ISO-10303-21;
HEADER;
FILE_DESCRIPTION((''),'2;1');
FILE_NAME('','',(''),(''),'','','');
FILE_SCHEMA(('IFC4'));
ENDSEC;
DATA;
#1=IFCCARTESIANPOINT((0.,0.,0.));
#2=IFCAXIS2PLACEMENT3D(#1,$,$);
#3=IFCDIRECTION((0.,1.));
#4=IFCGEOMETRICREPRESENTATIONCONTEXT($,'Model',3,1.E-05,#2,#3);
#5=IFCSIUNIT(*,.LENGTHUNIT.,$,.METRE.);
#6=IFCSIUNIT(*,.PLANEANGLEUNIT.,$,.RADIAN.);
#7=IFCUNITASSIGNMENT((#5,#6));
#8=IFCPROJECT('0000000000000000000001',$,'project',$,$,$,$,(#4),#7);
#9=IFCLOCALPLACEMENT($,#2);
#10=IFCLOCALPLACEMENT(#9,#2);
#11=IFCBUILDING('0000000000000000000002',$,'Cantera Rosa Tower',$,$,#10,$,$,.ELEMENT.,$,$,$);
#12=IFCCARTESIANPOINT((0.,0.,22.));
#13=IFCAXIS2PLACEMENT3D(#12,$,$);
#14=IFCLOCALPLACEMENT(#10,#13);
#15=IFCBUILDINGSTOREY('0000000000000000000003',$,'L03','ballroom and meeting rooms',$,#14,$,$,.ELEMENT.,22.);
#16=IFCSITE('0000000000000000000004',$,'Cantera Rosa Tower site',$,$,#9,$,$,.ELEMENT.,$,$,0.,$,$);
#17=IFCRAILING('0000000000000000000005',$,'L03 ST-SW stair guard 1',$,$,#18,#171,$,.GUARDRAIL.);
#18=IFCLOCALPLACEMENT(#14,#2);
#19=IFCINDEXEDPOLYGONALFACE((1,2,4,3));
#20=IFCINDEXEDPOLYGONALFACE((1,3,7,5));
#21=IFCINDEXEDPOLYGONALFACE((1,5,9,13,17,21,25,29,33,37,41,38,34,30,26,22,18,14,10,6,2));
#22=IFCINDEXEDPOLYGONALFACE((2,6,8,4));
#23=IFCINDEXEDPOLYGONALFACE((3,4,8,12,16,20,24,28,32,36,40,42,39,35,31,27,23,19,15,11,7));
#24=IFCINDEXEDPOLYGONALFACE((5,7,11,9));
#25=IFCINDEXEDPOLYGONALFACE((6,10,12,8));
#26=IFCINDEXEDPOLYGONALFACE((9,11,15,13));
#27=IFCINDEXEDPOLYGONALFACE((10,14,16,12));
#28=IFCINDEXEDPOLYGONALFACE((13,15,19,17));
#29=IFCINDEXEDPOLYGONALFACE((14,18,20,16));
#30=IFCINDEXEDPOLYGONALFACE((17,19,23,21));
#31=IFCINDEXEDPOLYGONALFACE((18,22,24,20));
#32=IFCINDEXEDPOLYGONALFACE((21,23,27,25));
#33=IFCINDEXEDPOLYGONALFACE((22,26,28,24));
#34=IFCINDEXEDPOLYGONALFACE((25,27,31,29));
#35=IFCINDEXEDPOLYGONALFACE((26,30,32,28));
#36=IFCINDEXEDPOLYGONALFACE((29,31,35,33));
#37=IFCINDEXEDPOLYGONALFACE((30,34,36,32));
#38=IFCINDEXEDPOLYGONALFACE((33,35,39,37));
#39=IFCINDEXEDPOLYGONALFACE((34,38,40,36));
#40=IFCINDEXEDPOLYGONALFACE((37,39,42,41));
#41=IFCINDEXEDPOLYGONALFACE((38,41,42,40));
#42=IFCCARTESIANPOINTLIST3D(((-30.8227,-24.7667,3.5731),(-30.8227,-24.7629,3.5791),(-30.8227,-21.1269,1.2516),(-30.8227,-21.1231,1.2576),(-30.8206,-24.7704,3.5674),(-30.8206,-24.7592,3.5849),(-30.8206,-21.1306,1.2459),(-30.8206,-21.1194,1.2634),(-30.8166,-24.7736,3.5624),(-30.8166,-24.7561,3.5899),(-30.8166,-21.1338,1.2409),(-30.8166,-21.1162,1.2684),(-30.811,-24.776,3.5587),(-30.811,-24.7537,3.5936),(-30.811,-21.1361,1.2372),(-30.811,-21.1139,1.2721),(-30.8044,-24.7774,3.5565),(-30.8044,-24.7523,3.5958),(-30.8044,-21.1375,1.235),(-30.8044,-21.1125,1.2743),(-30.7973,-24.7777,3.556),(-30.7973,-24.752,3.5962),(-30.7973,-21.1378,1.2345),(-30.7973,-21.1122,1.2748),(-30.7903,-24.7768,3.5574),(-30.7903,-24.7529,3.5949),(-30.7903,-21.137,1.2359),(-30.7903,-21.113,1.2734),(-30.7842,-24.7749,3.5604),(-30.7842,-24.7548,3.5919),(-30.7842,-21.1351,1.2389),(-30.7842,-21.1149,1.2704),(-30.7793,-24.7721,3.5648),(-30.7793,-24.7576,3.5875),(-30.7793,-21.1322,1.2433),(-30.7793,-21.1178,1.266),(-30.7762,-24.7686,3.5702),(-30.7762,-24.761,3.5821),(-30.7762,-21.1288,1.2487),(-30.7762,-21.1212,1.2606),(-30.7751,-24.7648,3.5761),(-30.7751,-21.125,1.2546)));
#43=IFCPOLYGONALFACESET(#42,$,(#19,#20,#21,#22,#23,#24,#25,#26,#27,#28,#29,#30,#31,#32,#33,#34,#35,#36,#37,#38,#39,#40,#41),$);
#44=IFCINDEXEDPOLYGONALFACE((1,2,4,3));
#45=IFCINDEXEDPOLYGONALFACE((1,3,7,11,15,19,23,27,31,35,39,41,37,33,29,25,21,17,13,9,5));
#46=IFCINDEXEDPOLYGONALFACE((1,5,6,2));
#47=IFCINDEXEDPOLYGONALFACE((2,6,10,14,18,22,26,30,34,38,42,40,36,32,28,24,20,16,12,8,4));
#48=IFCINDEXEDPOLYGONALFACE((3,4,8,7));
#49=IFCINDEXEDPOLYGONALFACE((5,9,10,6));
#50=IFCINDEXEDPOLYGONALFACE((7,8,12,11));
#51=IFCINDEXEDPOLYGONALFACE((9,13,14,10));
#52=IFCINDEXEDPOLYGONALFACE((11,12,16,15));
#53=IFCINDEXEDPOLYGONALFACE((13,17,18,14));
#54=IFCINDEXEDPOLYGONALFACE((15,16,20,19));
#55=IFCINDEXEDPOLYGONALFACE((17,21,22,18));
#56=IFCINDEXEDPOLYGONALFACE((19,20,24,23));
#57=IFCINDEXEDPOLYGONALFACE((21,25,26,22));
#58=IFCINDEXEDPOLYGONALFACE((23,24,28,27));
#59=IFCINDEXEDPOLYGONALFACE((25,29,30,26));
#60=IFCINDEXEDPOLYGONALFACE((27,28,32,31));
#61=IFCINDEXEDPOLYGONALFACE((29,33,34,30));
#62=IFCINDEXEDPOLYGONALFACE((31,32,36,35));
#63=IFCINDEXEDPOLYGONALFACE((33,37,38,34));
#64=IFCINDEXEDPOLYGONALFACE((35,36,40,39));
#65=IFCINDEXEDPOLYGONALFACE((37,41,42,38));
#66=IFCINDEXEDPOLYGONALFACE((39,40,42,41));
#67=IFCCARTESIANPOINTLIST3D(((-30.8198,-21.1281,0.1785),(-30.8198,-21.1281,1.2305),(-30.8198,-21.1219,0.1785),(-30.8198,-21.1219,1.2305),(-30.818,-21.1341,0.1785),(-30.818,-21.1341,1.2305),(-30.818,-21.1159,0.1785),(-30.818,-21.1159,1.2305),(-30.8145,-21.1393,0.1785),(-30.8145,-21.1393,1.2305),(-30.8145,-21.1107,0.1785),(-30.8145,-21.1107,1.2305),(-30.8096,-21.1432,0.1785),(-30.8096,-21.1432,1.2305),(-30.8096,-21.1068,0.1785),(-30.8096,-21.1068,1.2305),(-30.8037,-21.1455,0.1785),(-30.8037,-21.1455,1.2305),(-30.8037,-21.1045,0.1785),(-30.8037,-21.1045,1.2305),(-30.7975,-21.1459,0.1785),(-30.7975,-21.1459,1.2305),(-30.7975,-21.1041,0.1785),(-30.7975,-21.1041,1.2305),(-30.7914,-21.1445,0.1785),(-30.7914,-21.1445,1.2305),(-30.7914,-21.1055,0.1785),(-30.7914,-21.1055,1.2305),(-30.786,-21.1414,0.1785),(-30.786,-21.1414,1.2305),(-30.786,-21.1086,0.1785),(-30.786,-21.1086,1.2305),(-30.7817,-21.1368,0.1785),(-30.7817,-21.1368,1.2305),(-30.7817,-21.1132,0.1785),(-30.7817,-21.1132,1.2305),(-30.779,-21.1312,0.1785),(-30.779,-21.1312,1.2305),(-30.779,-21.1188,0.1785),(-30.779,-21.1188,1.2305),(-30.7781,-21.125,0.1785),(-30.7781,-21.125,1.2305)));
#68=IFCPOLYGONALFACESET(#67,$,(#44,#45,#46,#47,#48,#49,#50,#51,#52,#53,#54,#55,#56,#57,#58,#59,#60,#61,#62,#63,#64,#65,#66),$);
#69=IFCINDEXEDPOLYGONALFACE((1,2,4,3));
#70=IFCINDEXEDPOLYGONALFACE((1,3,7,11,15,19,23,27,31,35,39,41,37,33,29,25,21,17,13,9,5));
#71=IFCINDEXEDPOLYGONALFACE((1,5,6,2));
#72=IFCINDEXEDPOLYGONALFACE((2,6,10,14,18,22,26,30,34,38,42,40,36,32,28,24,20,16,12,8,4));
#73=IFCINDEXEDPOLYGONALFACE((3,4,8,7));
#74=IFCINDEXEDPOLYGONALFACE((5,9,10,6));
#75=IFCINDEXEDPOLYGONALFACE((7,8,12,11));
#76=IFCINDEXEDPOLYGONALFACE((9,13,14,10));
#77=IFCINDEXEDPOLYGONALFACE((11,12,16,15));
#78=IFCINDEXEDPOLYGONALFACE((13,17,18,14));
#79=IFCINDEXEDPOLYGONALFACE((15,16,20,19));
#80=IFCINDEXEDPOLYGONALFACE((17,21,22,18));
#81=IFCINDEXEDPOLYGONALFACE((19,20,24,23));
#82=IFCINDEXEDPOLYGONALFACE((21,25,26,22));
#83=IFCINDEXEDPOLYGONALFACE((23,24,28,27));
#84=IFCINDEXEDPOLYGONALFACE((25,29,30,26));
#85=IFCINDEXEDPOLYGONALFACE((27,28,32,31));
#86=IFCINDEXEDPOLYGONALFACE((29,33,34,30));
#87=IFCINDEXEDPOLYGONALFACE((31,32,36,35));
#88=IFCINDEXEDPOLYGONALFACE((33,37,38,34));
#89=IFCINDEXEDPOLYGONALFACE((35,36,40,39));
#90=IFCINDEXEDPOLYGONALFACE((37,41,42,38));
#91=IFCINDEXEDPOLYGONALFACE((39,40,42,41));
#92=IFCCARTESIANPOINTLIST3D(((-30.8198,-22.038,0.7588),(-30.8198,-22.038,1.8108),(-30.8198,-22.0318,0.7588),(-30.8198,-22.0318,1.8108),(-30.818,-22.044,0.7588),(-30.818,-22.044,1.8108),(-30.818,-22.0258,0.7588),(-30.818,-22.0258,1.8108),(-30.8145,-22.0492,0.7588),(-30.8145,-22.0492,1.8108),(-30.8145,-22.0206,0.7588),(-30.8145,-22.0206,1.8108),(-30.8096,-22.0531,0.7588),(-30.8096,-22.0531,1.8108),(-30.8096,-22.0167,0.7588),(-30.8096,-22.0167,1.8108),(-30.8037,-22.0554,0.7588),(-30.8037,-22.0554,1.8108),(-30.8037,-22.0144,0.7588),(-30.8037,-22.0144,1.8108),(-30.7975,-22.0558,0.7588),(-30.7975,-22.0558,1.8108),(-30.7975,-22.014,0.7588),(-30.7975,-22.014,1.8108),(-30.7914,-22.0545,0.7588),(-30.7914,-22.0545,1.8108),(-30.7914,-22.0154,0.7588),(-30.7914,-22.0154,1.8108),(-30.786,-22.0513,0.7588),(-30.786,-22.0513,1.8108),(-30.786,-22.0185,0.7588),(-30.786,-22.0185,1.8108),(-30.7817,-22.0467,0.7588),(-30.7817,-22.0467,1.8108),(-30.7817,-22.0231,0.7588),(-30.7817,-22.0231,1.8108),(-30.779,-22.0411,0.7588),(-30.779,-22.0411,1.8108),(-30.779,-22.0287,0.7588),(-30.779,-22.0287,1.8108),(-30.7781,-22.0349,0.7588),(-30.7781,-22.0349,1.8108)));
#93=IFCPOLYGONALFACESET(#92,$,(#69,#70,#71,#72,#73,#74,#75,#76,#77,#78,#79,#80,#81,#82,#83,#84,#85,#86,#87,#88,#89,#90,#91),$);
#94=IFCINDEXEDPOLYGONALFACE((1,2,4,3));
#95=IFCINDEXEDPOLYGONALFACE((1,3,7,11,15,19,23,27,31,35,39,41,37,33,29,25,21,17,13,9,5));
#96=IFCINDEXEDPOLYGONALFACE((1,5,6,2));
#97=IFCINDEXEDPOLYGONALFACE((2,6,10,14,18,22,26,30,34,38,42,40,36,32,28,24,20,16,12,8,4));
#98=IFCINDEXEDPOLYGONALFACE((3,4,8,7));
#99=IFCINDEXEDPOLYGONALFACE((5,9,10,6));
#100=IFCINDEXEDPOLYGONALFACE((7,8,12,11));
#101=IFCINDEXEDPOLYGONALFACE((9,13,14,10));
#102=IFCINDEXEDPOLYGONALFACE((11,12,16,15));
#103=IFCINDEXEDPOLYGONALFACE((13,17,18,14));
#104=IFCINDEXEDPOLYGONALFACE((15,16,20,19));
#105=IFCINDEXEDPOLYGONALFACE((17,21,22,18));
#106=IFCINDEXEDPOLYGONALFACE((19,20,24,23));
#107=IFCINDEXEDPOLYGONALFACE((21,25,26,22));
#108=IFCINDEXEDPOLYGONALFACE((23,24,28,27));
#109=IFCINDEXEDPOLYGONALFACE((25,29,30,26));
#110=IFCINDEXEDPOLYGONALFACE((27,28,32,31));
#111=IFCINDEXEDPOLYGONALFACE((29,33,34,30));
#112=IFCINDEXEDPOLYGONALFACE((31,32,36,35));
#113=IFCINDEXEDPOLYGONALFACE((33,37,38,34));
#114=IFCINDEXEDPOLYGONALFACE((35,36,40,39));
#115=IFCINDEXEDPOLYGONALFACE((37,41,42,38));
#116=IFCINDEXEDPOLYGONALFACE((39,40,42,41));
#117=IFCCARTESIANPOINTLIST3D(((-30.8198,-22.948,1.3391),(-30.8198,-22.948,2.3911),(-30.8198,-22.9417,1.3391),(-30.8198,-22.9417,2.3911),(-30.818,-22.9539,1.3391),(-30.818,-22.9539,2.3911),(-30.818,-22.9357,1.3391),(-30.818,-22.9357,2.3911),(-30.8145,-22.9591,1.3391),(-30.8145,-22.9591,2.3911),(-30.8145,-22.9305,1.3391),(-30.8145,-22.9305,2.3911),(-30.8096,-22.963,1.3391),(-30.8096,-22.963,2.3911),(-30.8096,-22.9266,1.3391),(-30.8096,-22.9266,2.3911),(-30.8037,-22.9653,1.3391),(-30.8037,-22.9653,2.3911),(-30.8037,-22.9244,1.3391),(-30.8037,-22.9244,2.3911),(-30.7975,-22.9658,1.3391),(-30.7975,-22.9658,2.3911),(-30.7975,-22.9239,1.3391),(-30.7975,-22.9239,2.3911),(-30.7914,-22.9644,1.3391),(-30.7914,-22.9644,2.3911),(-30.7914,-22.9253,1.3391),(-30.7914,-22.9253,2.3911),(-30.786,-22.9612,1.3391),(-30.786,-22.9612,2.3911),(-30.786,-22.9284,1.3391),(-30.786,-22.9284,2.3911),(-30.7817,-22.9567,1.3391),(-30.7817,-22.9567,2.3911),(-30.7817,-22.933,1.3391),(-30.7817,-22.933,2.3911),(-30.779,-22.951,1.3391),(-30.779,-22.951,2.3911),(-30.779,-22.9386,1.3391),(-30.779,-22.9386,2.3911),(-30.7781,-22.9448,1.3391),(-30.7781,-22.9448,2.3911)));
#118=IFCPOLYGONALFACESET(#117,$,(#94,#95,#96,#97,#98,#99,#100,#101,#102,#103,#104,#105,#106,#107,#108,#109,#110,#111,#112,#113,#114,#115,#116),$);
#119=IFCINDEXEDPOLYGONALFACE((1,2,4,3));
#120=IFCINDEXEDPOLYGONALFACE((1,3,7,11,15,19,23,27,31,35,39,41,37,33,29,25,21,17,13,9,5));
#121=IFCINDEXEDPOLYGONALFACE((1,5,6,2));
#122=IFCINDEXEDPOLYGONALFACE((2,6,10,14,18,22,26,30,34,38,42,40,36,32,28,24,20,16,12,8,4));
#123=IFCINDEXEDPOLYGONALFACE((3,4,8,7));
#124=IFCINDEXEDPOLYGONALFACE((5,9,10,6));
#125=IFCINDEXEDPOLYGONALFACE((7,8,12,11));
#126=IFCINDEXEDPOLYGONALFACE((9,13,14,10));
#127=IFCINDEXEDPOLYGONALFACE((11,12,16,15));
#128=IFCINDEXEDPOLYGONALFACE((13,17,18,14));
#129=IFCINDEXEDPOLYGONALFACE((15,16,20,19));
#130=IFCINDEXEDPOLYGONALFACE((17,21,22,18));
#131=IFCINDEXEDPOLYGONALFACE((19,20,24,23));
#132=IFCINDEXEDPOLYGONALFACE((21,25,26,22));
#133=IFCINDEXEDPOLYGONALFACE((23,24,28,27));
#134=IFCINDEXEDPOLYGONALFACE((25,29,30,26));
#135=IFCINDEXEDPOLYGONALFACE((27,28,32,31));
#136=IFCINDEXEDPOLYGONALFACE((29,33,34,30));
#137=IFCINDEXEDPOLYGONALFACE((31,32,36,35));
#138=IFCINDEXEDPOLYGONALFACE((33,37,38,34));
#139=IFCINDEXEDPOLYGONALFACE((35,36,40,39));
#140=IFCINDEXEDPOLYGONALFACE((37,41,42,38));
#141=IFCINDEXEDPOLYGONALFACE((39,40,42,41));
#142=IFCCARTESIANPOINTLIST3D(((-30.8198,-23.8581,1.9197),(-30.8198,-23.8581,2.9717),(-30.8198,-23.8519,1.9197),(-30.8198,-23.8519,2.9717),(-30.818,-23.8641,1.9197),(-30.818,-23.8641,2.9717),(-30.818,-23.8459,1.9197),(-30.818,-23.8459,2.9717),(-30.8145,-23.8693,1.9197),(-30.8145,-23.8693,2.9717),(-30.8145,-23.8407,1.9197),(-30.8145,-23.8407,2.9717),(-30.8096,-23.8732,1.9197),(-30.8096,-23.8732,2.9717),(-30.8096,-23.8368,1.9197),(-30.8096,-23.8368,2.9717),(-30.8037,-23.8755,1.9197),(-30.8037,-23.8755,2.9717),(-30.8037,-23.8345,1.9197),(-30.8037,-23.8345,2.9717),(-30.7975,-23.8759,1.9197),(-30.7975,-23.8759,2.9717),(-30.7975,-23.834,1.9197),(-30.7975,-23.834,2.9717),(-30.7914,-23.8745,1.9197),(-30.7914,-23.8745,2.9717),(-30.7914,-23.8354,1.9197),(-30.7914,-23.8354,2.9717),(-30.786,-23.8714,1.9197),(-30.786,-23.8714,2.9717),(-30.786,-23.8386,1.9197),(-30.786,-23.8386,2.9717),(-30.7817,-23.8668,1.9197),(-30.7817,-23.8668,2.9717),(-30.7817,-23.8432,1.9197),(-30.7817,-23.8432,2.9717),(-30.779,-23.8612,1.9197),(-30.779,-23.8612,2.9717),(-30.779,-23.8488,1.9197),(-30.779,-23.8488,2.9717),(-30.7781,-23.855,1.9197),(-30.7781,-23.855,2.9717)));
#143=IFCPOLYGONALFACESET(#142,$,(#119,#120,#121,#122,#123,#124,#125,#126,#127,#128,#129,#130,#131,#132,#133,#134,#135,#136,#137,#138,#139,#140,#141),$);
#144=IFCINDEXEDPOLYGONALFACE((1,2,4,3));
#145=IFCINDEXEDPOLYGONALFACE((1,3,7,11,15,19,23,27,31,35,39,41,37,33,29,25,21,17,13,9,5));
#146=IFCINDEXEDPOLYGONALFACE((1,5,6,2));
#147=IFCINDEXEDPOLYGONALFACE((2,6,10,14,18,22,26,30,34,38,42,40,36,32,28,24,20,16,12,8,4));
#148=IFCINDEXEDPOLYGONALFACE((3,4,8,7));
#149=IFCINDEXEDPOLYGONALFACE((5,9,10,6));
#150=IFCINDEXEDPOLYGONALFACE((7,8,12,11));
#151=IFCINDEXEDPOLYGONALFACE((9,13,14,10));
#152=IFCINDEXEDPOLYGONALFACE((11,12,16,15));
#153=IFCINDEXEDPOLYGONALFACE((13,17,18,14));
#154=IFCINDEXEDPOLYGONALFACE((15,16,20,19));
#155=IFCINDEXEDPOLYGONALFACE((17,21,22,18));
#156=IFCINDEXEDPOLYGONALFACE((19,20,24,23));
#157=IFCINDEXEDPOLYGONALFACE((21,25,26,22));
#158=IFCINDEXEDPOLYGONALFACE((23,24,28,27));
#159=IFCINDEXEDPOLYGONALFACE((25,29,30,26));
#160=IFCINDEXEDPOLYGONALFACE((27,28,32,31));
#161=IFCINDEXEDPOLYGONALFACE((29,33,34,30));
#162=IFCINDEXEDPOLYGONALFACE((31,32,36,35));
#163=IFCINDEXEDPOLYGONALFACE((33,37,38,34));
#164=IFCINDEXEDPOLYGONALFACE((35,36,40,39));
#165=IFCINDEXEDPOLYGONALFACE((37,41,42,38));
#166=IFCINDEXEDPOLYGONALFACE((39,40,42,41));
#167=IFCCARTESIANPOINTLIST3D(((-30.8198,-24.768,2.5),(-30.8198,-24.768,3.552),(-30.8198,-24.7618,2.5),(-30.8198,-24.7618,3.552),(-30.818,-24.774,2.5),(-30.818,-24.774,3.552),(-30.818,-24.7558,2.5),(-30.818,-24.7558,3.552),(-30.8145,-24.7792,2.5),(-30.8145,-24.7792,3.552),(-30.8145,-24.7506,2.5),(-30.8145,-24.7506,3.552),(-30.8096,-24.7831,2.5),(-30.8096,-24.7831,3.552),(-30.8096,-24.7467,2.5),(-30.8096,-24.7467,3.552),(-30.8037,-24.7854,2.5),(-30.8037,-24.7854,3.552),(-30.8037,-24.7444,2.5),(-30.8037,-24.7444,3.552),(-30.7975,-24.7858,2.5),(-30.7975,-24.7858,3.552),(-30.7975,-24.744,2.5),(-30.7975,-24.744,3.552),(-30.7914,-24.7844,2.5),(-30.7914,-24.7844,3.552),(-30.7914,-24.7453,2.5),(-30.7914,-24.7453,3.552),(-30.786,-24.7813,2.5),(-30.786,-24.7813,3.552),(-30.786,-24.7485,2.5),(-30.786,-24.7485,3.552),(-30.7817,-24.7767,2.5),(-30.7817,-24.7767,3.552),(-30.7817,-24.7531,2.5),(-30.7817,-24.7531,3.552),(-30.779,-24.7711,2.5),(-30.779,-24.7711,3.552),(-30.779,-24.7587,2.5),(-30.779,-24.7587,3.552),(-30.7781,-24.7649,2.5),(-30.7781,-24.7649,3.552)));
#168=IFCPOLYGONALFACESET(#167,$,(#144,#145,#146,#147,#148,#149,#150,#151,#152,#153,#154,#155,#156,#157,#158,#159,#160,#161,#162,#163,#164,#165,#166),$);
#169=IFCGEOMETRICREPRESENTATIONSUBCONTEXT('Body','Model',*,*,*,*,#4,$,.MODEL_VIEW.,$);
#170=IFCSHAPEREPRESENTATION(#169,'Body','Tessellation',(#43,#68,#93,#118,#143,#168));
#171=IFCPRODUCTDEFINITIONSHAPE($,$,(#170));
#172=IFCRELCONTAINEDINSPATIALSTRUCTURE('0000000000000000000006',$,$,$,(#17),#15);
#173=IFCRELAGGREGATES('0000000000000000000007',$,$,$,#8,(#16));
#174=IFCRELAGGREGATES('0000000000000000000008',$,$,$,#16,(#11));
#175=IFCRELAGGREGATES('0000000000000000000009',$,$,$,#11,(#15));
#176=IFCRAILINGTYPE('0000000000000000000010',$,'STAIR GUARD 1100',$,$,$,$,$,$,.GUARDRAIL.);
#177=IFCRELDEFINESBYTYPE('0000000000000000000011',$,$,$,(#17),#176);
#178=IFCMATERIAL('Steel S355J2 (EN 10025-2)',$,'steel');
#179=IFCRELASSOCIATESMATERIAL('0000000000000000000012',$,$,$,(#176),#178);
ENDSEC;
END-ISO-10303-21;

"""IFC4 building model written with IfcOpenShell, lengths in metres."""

from ifc_helpers import new_model, si_unit, direction, frame, origin, origin_2d, place, context, subcontext, project, spatial, circle, extrude, material, type_object, element, save


model = new_model("IFC4")

# Units and contexts
model_context = context("Model", 3, precision=1e-05, world=origin(), true_north=direction((0.0, 1.0)))
body_context = subcontext(model_context, "Body", "Model", "MODEL_VIEW")
ifc_project = project(units=[si_unit("LENGTHUNIT", "METRE"), si_unit("PLANEANGLEUNIT", "RADIAN")], contexts=[model_context])

# Site, building, storey
site_placement = place(None, origin())
site = spatial("IfcSite", under=ifc_project, at=site_placement, Name="Cantera Rosa Tower site", CompositionType="ELEMENT", RefElevation=0.0)
building_placement = place(site_placement, origin())
building = spatial("IfcBuilding", under=site, at=building_placement, Name="Cantera Rosa Tower", CompositionType="ELEMENT")
storey_placement = place(building_placement, frame((0.0, 0.0, 22.0)))
storey = spatial("IfcBuildingStorey", under=building, at=storey_placement, Name="L03", Description="ballroom and meeting rooms", CompositionType="ELEMENT", Elevation=22.0)

# Railing
ifc_material_1 = material(Name="Steel S355J2 (EN 10025-2)", Category="steel")
railing_type_1 = type_object("IfcRailingType", Name="STAIR GUARD 1100", PredefinedType="GUARDRAIL", material=ifc_material_1)
railing_1_placement = place(storey_placement, frame((-30.7991, -21.125, 0.1785)))
element("IfcRailing", 1, at=railing_1_placement, inside=storey, type_object=railing_type_1, Name="L03 ST-SW stair guard 1", PredefinedType="GUARDRAIL", context=body_context, shape_type="SweptSolid", body=[
    extrude(circle(Radius=0.0239, at=origin_2d()), frame((0.0, 0.0, 1.0762), z_axis=(0.0, -0.843112, 0.537739), x_axis=(1.0, 0.0, 0.0)), (0.0, 0.0, 1.0), 4.3171),
    extrude(circle(Radius=0.021, at=origin_2d()), origin(), (0.0, 0.0, 1.0), 1.052),
    extrude(circle(Radius=0.021, at=origin_2d()), frame((0.0, -0.9099, 0.5803)), (0.0, 0.0, 1.0), 1.052),
    extrude(circle(Radius=0.021, at=origin_2d()), frame((0.0, -1.8198, 1.1606)), (0.0, 0.0, 1.0), 1.052),
    extrude(circle(Radius=0.021, at=origin_2d()), frame((0.0, -2.73, 1.7412)), (0.0, 0.0, 1.0), 1.052),
    extrude(circle(Radius=0.021, at=origin_2d()), frame((0.0, -3.6399, 2.3215)), (0.0, 0.0, 1.0), 1.052),
])

save(model, "model.ifc")
